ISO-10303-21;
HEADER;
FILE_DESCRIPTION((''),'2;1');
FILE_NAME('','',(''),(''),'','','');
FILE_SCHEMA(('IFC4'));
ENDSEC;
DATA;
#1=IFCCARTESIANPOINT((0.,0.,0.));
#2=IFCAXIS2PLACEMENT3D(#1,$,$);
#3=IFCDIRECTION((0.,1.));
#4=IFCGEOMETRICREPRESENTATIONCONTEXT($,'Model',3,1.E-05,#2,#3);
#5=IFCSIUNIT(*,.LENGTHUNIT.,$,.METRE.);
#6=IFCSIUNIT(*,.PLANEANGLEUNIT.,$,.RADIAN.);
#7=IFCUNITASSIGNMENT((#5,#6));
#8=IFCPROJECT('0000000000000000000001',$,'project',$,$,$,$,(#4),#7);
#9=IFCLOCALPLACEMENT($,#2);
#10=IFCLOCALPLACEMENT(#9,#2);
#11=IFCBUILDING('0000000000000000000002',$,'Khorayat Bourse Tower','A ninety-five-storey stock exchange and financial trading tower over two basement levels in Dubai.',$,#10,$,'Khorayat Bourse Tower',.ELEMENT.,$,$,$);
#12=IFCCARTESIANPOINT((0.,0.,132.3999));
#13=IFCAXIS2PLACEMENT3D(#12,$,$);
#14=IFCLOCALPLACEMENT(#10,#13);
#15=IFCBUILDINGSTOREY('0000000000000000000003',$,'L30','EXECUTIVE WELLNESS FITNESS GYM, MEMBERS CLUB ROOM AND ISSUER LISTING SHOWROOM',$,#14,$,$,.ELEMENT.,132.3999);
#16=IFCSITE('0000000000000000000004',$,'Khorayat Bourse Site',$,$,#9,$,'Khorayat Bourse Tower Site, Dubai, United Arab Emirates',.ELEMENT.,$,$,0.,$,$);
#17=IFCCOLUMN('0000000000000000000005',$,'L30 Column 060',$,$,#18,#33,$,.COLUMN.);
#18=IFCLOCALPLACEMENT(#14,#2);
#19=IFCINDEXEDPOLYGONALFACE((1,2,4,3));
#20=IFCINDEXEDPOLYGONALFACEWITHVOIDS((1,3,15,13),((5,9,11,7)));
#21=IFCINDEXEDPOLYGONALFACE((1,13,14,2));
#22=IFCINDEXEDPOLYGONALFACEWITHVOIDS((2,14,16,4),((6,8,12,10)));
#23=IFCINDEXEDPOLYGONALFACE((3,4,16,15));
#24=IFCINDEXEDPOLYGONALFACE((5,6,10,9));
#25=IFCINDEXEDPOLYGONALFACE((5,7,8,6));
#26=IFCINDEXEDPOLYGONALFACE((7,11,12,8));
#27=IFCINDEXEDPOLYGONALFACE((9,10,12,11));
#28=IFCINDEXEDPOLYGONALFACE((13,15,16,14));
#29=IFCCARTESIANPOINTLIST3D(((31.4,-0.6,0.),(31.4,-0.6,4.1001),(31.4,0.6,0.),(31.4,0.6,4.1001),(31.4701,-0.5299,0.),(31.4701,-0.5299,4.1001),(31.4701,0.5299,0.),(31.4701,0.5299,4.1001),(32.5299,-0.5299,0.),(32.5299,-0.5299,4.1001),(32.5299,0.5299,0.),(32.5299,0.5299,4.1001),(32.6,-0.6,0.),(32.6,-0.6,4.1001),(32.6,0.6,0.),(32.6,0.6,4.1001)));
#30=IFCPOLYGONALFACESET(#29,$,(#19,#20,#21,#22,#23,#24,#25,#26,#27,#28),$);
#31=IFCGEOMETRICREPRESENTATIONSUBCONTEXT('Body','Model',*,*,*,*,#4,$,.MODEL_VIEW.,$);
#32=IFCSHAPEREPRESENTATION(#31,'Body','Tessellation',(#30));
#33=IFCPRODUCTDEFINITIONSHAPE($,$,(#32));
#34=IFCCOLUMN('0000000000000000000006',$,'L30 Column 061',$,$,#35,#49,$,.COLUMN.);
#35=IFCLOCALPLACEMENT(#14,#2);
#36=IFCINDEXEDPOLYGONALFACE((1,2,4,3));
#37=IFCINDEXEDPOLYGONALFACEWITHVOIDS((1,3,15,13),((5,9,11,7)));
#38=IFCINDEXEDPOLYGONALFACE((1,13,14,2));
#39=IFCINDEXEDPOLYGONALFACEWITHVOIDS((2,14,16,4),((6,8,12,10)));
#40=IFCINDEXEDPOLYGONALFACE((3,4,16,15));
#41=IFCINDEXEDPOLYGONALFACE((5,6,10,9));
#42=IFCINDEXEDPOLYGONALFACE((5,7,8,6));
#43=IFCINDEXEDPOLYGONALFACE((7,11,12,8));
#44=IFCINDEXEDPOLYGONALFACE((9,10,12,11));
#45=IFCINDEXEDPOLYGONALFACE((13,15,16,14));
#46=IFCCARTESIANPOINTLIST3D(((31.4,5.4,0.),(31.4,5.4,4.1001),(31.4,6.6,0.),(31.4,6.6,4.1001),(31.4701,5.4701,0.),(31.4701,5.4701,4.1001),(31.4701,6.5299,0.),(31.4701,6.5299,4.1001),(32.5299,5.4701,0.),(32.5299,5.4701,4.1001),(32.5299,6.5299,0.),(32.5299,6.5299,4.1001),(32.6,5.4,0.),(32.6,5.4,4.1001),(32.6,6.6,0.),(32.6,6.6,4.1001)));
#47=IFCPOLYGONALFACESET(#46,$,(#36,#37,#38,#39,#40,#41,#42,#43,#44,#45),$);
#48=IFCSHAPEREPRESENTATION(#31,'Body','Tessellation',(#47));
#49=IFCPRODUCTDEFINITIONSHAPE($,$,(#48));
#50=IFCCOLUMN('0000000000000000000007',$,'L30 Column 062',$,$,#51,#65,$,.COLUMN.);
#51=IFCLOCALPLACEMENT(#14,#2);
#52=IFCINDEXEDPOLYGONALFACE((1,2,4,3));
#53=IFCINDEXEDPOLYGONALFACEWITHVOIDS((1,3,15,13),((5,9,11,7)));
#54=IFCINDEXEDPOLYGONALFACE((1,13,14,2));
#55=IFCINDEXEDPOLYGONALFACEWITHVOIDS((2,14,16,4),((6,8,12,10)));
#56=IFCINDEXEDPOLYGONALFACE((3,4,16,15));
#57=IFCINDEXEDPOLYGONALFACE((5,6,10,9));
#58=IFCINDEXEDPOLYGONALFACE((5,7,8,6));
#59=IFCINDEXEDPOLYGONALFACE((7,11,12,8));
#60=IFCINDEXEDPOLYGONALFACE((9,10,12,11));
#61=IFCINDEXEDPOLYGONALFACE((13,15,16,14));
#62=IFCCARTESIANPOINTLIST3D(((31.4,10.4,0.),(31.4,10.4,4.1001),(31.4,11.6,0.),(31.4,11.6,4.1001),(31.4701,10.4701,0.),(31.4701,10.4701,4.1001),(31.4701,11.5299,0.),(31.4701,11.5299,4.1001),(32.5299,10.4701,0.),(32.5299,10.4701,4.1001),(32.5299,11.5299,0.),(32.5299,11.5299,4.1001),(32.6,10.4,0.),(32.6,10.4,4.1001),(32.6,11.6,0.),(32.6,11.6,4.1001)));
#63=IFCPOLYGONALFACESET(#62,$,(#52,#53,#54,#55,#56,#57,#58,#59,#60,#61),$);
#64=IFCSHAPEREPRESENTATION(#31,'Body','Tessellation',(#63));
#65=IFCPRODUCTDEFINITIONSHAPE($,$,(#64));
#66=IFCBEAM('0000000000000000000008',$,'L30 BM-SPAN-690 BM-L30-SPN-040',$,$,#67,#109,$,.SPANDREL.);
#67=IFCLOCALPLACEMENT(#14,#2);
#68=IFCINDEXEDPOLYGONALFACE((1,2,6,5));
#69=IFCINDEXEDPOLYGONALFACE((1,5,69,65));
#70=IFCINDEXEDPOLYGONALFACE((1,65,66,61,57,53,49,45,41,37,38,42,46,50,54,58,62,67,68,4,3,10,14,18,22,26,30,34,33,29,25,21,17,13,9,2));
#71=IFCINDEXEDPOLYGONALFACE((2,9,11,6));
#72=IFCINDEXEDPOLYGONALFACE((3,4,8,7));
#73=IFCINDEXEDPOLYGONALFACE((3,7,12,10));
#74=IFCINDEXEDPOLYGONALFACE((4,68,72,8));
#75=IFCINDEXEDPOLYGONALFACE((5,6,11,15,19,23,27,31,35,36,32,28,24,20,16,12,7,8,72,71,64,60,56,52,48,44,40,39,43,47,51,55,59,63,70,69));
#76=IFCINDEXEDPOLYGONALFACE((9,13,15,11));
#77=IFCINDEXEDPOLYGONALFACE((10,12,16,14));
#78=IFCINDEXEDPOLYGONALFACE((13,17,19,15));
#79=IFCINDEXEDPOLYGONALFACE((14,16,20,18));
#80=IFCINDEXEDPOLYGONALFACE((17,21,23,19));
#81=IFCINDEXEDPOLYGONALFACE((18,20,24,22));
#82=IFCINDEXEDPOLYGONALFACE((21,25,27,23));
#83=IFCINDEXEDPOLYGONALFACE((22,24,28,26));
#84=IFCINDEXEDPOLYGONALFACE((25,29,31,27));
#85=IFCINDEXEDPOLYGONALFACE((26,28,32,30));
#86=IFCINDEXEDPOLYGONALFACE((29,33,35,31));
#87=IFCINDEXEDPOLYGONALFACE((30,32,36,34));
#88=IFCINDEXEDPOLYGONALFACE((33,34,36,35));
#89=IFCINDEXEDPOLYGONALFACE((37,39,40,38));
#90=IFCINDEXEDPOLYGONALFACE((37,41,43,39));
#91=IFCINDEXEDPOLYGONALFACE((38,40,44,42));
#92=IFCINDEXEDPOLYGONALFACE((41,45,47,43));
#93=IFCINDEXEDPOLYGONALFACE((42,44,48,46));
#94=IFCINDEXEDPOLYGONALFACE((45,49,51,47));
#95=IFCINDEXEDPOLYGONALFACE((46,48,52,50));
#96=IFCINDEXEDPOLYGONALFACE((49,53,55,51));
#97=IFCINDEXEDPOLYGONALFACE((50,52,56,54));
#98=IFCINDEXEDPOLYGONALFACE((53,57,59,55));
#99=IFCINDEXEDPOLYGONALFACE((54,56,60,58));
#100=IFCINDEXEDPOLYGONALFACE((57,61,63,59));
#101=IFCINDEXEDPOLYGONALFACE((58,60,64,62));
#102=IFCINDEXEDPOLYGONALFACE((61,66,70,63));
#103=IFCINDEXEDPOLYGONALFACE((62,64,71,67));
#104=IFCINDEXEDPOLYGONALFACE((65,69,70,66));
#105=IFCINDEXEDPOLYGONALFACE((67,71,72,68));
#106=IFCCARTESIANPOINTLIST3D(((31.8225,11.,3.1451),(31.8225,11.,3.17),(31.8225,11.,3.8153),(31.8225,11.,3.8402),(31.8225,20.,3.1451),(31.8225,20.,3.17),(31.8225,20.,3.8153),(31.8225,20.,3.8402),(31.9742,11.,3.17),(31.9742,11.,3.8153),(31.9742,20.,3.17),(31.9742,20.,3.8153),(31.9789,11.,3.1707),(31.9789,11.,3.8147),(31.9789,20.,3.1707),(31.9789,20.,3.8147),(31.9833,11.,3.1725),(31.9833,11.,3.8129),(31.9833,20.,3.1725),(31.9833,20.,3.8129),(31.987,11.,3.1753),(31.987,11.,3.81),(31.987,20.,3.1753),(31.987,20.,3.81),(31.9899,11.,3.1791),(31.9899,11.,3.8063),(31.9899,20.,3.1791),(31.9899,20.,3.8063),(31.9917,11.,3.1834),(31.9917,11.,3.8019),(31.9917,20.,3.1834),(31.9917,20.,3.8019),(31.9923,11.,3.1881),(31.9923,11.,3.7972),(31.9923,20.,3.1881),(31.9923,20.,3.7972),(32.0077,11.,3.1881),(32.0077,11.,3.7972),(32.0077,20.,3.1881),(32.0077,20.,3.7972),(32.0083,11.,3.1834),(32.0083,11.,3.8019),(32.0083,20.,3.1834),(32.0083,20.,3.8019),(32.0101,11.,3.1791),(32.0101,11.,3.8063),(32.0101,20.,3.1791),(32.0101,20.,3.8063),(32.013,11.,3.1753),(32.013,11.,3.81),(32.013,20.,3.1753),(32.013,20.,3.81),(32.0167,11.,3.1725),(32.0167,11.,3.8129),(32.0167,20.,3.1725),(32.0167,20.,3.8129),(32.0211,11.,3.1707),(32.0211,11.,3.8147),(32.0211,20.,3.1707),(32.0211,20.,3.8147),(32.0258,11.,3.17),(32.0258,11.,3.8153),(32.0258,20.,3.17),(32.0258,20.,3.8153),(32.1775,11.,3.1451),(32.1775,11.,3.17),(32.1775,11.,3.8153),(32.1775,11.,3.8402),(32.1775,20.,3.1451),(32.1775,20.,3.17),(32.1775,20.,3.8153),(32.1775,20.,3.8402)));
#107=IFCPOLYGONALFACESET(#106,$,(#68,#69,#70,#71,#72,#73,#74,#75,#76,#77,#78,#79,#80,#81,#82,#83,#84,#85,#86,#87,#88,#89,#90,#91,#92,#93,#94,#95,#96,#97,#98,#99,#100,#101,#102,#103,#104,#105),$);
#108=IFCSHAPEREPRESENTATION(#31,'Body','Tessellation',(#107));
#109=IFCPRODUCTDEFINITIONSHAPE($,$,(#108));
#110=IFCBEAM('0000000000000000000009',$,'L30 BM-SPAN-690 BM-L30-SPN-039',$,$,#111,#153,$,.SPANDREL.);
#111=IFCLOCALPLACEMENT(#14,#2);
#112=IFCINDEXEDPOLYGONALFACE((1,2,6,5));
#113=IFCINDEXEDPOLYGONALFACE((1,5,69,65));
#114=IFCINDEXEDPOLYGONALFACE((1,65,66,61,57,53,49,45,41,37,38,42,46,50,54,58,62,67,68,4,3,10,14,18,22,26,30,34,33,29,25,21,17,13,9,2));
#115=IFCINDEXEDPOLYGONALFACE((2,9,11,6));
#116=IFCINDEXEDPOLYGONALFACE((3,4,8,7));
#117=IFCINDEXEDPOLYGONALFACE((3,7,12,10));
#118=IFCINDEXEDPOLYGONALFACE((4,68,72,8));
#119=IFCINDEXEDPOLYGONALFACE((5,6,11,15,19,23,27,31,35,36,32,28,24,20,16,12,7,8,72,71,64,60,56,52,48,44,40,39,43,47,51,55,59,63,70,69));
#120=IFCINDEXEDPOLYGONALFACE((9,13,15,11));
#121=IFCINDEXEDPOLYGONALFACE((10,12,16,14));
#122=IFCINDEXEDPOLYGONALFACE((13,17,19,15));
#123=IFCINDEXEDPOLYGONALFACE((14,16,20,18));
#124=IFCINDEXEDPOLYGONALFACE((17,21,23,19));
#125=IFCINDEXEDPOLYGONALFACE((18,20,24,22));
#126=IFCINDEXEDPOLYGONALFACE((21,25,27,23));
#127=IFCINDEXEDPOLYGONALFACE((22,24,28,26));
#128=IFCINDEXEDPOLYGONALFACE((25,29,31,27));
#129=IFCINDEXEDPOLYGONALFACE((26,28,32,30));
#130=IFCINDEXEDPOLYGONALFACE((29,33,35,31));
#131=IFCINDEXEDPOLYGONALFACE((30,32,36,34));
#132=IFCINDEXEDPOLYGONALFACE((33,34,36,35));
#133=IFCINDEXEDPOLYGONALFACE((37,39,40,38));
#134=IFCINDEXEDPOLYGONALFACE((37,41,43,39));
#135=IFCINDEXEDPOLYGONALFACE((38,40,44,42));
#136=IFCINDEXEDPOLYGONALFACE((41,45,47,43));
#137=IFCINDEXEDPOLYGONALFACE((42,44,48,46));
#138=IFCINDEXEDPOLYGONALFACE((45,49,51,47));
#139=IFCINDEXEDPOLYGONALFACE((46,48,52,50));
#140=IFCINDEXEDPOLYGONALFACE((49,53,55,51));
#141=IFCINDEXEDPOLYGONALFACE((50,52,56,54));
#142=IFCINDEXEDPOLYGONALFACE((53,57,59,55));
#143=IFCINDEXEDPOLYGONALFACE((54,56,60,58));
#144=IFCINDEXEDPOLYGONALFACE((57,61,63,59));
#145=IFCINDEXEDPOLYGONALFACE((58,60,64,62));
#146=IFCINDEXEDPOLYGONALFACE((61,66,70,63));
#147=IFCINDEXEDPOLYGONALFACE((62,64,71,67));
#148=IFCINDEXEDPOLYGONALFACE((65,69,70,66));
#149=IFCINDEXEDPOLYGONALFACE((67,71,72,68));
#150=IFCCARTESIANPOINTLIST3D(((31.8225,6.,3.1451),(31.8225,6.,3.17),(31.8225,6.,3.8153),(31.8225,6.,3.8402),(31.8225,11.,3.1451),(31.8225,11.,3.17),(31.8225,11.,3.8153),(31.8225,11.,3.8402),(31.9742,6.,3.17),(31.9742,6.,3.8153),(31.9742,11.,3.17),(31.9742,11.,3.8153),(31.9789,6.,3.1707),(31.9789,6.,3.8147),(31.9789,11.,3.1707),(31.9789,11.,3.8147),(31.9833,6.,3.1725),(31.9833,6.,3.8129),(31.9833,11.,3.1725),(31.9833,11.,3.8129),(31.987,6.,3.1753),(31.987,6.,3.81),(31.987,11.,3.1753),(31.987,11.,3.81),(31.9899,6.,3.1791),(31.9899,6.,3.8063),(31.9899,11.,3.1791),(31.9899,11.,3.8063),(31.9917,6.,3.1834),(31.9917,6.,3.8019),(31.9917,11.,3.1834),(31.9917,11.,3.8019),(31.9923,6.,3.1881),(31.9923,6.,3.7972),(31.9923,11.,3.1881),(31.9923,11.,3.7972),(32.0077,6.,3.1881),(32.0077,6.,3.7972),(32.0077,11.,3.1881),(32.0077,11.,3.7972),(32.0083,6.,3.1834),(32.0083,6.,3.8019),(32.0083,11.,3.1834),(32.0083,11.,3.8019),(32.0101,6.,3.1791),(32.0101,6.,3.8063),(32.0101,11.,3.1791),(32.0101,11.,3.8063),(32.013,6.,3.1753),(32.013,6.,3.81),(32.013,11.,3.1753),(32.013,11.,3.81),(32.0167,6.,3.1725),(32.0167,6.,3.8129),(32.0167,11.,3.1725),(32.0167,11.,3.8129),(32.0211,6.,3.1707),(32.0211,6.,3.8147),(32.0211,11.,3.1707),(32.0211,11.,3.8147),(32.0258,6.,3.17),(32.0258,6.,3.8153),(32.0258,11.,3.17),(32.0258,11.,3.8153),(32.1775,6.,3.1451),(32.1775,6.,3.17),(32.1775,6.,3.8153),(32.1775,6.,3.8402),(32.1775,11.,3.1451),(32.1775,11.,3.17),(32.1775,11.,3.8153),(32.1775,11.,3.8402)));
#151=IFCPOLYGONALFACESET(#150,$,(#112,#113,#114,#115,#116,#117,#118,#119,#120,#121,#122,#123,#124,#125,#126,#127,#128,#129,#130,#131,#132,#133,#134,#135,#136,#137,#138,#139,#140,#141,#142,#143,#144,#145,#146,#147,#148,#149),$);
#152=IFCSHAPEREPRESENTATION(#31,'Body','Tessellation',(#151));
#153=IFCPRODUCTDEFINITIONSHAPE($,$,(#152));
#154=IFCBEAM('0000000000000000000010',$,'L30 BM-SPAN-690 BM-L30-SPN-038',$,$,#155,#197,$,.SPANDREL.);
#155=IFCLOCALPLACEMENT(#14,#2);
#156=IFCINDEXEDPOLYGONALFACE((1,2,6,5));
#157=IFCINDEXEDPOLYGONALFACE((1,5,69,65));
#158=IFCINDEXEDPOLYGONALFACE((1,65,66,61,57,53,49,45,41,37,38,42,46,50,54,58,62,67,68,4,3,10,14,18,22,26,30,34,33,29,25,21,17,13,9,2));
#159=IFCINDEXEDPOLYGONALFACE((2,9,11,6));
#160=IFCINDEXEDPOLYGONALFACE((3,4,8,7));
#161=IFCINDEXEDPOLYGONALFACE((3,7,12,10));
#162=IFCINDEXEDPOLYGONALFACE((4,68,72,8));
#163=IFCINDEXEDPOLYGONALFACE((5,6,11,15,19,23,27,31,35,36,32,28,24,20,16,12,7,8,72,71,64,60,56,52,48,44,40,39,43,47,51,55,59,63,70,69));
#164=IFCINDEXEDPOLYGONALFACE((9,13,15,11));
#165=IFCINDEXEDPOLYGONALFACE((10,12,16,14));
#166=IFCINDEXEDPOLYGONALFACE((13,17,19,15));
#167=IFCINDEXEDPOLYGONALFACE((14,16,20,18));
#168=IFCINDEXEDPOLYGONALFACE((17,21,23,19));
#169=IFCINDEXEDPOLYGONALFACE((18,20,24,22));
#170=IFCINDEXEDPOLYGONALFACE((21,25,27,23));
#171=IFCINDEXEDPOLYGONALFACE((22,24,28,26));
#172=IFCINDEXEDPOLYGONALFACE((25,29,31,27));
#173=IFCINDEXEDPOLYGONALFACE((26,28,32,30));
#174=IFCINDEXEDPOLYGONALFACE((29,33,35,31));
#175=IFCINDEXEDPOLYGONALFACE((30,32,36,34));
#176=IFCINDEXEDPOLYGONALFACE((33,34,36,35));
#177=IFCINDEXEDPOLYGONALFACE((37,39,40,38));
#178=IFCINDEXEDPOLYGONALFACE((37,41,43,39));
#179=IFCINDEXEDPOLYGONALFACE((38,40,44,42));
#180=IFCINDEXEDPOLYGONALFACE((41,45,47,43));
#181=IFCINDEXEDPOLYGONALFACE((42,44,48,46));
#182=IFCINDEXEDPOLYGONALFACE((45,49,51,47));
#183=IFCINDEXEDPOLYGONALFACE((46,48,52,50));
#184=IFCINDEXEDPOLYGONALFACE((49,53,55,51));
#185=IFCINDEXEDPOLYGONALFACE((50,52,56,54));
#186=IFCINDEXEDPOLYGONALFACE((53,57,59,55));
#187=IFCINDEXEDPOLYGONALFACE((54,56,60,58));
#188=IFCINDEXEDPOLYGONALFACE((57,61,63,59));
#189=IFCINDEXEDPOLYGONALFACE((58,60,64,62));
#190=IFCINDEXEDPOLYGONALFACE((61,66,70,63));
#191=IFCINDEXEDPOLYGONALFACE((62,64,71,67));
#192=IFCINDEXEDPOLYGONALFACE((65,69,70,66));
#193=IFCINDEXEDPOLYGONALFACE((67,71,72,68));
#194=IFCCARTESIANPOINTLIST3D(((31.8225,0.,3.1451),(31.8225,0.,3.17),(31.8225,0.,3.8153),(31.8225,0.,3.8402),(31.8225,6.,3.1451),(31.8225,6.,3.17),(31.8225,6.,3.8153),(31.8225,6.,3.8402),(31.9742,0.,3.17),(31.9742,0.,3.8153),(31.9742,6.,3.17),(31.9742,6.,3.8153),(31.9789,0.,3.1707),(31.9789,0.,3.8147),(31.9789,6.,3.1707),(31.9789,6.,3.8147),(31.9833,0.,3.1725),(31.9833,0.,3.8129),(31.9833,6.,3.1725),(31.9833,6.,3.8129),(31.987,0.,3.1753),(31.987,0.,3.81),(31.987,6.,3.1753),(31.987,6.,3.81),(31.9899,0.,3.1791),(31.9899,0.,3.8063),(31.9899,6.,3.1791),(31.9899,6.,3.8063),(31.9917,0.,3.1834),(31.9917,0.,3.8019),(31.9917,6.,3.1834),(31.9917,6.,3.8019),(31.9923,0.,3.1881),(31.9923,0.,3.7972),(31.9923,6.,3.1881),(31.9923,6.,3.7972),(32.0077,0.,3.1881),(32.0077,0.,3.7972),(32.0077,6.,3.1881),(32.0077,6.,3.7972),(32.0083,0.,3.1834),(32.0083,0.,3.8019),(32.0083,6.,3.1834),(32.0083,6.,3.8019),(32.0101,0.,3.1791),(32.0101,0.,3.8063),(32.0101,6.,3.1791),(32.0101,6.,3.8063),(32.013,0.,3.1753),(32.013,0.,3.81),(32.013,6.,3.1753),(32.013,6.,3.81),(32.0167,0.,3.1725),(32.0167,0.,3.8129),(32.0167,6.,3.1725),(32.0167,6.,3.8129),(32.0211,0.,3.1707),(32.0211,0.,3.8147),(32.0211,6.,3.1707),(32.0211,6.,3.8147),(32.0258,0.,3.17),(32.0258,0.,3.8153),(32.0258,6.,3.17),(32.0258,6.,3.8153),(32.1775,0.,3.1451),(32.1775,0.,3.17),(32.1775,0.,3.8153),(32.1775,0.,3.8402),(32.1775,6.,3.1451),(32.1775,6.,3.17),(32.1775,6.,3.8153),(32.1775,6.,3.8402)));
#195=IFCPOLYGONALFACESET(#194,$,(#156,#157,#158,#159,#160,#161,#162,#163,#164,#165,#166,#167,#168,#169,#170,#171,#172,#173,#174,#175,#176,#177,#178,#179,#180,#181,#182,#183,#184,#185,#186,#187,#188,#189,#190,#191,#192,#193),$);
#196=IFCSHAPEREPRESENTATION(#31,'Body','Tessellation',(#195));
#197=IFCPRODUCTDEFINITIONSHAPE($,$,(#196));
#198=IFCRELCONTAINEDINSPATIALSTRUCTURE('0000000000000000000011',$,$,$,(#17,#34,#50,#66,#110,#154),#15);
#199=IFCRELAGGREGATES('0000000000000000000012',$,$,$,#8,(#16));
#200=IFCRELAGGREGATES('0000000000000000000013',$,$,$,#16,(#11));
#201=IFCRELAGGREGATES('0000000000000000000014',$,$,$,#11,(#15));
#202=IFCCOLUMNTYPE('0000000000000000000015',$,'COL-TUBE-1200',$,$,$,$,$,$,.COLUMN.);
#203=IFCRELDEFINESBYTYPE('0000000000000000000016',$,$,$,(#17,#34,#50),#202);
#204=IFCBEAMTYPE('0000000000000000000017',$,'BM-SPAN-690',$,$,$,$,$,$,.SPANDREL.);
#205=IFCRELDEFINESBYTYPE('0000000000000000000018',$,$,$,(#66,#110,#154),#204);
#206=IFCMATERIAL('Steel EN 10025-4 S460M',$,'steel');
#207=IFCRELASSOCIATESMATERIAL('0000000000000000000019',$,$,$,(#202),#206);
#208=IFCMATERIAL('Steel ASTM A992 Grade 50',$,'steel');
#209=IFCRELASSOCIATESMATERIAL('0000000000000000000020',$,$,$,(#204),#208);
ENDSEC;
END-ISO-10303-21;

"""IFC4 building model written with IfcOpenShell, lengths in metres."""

from ifc_helpers import new_model, si_unit, direction, frame, origin, origin_2d, place, context, subcontext, project, spatial, hollow_rectangle, i_section, extrude, source, transform, mapped, material, material_profile, profile_set, type_object, element, save


model = new_model("IFC4")

# Units and contexts
model_context = context("Model", 3, precision=1e-05, world=origin(), true_north=direction((0.0, 1.0)))
body_context = subcontext(model_context, "Body", "Model", "MODEL_VIEW")
ifc_project = project(units=[si_unit("LENGTHUNIT", "METRE"), si_unit("PLANEANGLEUNIT", "RADIAN")], contexts=[model_context])

# Site, building, storey
site_placement = place(None, origin())
site = spatial("IfcSite", under=ifc_project, at=site_placement, Name="Khorayat Bourse Site", LongName="Khorayat Bourse Tower Site, Dubai, United Arab Emirates", CompositionType="ELEMENT", RefElevation=0.0)
building_placement = place(site_placement, origin())
building = spatial("IfcBuilding", under=site, at=building_placement, Name="Khorayat Bourse Tower", Description="A ninety-five-storey stock exchange and financial trading tower over two basement levels in Dubai.", LongName="Khorayat Bourse Tower", CompositionType="ELEMENT")
storey_placement = place(building_placement, frame((0.0, 0.0, 132.3999)))
storey = spatial("IfcBuildingStorey", under=building, at=storey_placement, Name="L30", Description="EXECUTIVE WELLNESS FITNESS GYM, MEMBERS CLUB ROOM AND ISSUER LISTING SHOWROOM", CompositionType="ELEMENT", Elevation=132.3999)

# Columns
ifc_material_1 = material(Name="Steel EN 10025-4 S460M", Category="steel")
ifc_material_profile_1 = material_profile(ifc_material_1, hollow_rectangle(XDim=1.2, YDim=1.2, WallThickness=0.0701, at=origin_2d()), Name="BOX 1200x1200x70")
ifc_profile_set_1 = profile_set([ifc_material_profile_1], Name="Steel EN 10025-4 S460M")
column_type = type_object("IfcColumnType", Name="COL-TUBE-1200", PredefinedType="COLUMN", material=ifc_profile_set_1)
shared_shape_1 = source(origin(), body_context, "Body", "SweptSolid", [
    extrude(hollow_rectangle(XDim=1.2, YDim=1.2, WallThickness=0.0701, at=origin_2d()), origin(), (0.0, 0.0, 1.0), 4.1001),
])
for number, where, z_axis, x_axis, name in (
    (1, (32.0, 0.0, 0.0), (0.0, 0.0, 1.0), (1.0, 0.0, 0.0), "L30 Column 060"),
    (2, (32.0, 6.0, 0.0), (0.0, 0.0, 1.0), (1.0, 0.0, 0.0), "L30 Column 061"),
    (3, (32.0, 11.0, 0.0), (0.0, 0.0, 1.0), (1.0, 0.0, 0.0), "L30 Column 062"),
):
    element("IfcColumn", number, at=place(storey_placement, frame(where, z_axis=z_axis, x_axis=x_axis)), inside=storey, type_object=column_type, Name=name, PredefinedType="COLUMN", context=body_context, shape_type="MappedRepresentation", body=[
        mapped(shared_shape_1, transform((0.0, 0.0, 0.0), scale=1.0)),
    ])

# Beams
ifc_material_2 = material(Name="Steel ASTM A992 Grade 50", Category="steel")
ifc_material_profile_2 = material_profile(ifc_material_2, i_section(OverallWidth=0.355, OverallDepth=0.6951, WebThickness=0.0154, FlangeThickness=0.0249, FilletRadius=0.0181, at=origin_2d()), Name="W690X217")
ifc_profile_set_2 = profile_set([ifc_material_profile_2], Name="Steel ASTM A992 Grade 50")
beam_type_1 = type_object("IfcBeamType", Name="BM-SPAN-690", PredefinedType="SPANDREL", material=ifc_profile_set_2)
shared_shape_2 = source(origin(), body_context, "Body", "SweptSolid", [
    extrude(i_section(OverallWidth=0.355, OverallDepth=0.6951, WebThickness=0.0154, FlangeThickness=0.0249, FilletRadius=0.0181, at=origin_2d()), origin(), (0.0, 0.0, 1.0), 9.0),
])
beam_1_placement = place(storey_placement, frame((32.0, 11.0, 3.4927), z_axis=(0.0, 1.0, 0.0), x_axis=(-1.0, 0.0, 0.0)))
element("IfcBeam", 4, at=beam_1_placement, inside=storey, type_object=beam_type_1, Name="L30 BM-SPAN-690 BM-L30-SPN-040", PredefinedType="SPANDREL", context=body_context, shape_type="MappedRepresentation", body=[
    mapped(shared_shape_2, transform((0.0, 0.0, 0.0), scale=1.0)),
])
shared_shape_3 = source(origin(), body_context, "Body", "SweptSolid", [
    extrude(i_section(OverallWidth=0.355, OverallDepth=0.6951, WebThickness=0.0154, FlangeThickness=0.0249, FilletRadius=0.0181, at=origin_2d()), origin(), (0.0, 0.0, 1.0), 5.0),
])
beam_2_placement = place(storey_placement, frame((32.0, 6.0, 3.4927), z_axis=(0.0, 1.0, 0.0), x_axis=(-1.0, 0.0, 0.0)))
element("IfcBeam", 5, at=beam_2_placement, inside=storey, type_object=beam_type_1, Name="L30 BM-SPAN-690 BM-L30-SPN-039", PredefinedType="SPANDREL", context=body_context, shape_type="MappedRepresentation", body=[
    mapped(shared_shape_3, transform((0.0, 0.0, 0.0), scale=1.0)),
])
shared_shape_4 = source(origin(), body_context, "Body", "SweptSolid", [
    extrude(i_section(OverallWidth=0.355, OverallDepth=0.6951, WebThickness=0.0154, FlangeThickness=0.0249, FilletRadius=0.0181, at=origin_2d()), origin(), (0.0, 0.0, 1.0), 6.0),
])
beam_3_placement = place(storey_placement, frame((32.0, 0.0, 3.4927), z_axis=(0.0, 1.0, 0.0), x_axis=(-1.0, 0.0, 0.0)))
element("IfcBeam", 6, at=beam_3_placement, inside=storey, type_object=beam_type_1, Name="L30 BM-SPAN-690 BM-L30-SPN-038", PredefinedType="SPANDREL", context=body_context, shape_type="MappedRepresentation", body=[
    mapped(shared_shape_4, transform((0.0, 0.0, 0.0), scale=1.0)),
])

save(model, "model.ifc")
